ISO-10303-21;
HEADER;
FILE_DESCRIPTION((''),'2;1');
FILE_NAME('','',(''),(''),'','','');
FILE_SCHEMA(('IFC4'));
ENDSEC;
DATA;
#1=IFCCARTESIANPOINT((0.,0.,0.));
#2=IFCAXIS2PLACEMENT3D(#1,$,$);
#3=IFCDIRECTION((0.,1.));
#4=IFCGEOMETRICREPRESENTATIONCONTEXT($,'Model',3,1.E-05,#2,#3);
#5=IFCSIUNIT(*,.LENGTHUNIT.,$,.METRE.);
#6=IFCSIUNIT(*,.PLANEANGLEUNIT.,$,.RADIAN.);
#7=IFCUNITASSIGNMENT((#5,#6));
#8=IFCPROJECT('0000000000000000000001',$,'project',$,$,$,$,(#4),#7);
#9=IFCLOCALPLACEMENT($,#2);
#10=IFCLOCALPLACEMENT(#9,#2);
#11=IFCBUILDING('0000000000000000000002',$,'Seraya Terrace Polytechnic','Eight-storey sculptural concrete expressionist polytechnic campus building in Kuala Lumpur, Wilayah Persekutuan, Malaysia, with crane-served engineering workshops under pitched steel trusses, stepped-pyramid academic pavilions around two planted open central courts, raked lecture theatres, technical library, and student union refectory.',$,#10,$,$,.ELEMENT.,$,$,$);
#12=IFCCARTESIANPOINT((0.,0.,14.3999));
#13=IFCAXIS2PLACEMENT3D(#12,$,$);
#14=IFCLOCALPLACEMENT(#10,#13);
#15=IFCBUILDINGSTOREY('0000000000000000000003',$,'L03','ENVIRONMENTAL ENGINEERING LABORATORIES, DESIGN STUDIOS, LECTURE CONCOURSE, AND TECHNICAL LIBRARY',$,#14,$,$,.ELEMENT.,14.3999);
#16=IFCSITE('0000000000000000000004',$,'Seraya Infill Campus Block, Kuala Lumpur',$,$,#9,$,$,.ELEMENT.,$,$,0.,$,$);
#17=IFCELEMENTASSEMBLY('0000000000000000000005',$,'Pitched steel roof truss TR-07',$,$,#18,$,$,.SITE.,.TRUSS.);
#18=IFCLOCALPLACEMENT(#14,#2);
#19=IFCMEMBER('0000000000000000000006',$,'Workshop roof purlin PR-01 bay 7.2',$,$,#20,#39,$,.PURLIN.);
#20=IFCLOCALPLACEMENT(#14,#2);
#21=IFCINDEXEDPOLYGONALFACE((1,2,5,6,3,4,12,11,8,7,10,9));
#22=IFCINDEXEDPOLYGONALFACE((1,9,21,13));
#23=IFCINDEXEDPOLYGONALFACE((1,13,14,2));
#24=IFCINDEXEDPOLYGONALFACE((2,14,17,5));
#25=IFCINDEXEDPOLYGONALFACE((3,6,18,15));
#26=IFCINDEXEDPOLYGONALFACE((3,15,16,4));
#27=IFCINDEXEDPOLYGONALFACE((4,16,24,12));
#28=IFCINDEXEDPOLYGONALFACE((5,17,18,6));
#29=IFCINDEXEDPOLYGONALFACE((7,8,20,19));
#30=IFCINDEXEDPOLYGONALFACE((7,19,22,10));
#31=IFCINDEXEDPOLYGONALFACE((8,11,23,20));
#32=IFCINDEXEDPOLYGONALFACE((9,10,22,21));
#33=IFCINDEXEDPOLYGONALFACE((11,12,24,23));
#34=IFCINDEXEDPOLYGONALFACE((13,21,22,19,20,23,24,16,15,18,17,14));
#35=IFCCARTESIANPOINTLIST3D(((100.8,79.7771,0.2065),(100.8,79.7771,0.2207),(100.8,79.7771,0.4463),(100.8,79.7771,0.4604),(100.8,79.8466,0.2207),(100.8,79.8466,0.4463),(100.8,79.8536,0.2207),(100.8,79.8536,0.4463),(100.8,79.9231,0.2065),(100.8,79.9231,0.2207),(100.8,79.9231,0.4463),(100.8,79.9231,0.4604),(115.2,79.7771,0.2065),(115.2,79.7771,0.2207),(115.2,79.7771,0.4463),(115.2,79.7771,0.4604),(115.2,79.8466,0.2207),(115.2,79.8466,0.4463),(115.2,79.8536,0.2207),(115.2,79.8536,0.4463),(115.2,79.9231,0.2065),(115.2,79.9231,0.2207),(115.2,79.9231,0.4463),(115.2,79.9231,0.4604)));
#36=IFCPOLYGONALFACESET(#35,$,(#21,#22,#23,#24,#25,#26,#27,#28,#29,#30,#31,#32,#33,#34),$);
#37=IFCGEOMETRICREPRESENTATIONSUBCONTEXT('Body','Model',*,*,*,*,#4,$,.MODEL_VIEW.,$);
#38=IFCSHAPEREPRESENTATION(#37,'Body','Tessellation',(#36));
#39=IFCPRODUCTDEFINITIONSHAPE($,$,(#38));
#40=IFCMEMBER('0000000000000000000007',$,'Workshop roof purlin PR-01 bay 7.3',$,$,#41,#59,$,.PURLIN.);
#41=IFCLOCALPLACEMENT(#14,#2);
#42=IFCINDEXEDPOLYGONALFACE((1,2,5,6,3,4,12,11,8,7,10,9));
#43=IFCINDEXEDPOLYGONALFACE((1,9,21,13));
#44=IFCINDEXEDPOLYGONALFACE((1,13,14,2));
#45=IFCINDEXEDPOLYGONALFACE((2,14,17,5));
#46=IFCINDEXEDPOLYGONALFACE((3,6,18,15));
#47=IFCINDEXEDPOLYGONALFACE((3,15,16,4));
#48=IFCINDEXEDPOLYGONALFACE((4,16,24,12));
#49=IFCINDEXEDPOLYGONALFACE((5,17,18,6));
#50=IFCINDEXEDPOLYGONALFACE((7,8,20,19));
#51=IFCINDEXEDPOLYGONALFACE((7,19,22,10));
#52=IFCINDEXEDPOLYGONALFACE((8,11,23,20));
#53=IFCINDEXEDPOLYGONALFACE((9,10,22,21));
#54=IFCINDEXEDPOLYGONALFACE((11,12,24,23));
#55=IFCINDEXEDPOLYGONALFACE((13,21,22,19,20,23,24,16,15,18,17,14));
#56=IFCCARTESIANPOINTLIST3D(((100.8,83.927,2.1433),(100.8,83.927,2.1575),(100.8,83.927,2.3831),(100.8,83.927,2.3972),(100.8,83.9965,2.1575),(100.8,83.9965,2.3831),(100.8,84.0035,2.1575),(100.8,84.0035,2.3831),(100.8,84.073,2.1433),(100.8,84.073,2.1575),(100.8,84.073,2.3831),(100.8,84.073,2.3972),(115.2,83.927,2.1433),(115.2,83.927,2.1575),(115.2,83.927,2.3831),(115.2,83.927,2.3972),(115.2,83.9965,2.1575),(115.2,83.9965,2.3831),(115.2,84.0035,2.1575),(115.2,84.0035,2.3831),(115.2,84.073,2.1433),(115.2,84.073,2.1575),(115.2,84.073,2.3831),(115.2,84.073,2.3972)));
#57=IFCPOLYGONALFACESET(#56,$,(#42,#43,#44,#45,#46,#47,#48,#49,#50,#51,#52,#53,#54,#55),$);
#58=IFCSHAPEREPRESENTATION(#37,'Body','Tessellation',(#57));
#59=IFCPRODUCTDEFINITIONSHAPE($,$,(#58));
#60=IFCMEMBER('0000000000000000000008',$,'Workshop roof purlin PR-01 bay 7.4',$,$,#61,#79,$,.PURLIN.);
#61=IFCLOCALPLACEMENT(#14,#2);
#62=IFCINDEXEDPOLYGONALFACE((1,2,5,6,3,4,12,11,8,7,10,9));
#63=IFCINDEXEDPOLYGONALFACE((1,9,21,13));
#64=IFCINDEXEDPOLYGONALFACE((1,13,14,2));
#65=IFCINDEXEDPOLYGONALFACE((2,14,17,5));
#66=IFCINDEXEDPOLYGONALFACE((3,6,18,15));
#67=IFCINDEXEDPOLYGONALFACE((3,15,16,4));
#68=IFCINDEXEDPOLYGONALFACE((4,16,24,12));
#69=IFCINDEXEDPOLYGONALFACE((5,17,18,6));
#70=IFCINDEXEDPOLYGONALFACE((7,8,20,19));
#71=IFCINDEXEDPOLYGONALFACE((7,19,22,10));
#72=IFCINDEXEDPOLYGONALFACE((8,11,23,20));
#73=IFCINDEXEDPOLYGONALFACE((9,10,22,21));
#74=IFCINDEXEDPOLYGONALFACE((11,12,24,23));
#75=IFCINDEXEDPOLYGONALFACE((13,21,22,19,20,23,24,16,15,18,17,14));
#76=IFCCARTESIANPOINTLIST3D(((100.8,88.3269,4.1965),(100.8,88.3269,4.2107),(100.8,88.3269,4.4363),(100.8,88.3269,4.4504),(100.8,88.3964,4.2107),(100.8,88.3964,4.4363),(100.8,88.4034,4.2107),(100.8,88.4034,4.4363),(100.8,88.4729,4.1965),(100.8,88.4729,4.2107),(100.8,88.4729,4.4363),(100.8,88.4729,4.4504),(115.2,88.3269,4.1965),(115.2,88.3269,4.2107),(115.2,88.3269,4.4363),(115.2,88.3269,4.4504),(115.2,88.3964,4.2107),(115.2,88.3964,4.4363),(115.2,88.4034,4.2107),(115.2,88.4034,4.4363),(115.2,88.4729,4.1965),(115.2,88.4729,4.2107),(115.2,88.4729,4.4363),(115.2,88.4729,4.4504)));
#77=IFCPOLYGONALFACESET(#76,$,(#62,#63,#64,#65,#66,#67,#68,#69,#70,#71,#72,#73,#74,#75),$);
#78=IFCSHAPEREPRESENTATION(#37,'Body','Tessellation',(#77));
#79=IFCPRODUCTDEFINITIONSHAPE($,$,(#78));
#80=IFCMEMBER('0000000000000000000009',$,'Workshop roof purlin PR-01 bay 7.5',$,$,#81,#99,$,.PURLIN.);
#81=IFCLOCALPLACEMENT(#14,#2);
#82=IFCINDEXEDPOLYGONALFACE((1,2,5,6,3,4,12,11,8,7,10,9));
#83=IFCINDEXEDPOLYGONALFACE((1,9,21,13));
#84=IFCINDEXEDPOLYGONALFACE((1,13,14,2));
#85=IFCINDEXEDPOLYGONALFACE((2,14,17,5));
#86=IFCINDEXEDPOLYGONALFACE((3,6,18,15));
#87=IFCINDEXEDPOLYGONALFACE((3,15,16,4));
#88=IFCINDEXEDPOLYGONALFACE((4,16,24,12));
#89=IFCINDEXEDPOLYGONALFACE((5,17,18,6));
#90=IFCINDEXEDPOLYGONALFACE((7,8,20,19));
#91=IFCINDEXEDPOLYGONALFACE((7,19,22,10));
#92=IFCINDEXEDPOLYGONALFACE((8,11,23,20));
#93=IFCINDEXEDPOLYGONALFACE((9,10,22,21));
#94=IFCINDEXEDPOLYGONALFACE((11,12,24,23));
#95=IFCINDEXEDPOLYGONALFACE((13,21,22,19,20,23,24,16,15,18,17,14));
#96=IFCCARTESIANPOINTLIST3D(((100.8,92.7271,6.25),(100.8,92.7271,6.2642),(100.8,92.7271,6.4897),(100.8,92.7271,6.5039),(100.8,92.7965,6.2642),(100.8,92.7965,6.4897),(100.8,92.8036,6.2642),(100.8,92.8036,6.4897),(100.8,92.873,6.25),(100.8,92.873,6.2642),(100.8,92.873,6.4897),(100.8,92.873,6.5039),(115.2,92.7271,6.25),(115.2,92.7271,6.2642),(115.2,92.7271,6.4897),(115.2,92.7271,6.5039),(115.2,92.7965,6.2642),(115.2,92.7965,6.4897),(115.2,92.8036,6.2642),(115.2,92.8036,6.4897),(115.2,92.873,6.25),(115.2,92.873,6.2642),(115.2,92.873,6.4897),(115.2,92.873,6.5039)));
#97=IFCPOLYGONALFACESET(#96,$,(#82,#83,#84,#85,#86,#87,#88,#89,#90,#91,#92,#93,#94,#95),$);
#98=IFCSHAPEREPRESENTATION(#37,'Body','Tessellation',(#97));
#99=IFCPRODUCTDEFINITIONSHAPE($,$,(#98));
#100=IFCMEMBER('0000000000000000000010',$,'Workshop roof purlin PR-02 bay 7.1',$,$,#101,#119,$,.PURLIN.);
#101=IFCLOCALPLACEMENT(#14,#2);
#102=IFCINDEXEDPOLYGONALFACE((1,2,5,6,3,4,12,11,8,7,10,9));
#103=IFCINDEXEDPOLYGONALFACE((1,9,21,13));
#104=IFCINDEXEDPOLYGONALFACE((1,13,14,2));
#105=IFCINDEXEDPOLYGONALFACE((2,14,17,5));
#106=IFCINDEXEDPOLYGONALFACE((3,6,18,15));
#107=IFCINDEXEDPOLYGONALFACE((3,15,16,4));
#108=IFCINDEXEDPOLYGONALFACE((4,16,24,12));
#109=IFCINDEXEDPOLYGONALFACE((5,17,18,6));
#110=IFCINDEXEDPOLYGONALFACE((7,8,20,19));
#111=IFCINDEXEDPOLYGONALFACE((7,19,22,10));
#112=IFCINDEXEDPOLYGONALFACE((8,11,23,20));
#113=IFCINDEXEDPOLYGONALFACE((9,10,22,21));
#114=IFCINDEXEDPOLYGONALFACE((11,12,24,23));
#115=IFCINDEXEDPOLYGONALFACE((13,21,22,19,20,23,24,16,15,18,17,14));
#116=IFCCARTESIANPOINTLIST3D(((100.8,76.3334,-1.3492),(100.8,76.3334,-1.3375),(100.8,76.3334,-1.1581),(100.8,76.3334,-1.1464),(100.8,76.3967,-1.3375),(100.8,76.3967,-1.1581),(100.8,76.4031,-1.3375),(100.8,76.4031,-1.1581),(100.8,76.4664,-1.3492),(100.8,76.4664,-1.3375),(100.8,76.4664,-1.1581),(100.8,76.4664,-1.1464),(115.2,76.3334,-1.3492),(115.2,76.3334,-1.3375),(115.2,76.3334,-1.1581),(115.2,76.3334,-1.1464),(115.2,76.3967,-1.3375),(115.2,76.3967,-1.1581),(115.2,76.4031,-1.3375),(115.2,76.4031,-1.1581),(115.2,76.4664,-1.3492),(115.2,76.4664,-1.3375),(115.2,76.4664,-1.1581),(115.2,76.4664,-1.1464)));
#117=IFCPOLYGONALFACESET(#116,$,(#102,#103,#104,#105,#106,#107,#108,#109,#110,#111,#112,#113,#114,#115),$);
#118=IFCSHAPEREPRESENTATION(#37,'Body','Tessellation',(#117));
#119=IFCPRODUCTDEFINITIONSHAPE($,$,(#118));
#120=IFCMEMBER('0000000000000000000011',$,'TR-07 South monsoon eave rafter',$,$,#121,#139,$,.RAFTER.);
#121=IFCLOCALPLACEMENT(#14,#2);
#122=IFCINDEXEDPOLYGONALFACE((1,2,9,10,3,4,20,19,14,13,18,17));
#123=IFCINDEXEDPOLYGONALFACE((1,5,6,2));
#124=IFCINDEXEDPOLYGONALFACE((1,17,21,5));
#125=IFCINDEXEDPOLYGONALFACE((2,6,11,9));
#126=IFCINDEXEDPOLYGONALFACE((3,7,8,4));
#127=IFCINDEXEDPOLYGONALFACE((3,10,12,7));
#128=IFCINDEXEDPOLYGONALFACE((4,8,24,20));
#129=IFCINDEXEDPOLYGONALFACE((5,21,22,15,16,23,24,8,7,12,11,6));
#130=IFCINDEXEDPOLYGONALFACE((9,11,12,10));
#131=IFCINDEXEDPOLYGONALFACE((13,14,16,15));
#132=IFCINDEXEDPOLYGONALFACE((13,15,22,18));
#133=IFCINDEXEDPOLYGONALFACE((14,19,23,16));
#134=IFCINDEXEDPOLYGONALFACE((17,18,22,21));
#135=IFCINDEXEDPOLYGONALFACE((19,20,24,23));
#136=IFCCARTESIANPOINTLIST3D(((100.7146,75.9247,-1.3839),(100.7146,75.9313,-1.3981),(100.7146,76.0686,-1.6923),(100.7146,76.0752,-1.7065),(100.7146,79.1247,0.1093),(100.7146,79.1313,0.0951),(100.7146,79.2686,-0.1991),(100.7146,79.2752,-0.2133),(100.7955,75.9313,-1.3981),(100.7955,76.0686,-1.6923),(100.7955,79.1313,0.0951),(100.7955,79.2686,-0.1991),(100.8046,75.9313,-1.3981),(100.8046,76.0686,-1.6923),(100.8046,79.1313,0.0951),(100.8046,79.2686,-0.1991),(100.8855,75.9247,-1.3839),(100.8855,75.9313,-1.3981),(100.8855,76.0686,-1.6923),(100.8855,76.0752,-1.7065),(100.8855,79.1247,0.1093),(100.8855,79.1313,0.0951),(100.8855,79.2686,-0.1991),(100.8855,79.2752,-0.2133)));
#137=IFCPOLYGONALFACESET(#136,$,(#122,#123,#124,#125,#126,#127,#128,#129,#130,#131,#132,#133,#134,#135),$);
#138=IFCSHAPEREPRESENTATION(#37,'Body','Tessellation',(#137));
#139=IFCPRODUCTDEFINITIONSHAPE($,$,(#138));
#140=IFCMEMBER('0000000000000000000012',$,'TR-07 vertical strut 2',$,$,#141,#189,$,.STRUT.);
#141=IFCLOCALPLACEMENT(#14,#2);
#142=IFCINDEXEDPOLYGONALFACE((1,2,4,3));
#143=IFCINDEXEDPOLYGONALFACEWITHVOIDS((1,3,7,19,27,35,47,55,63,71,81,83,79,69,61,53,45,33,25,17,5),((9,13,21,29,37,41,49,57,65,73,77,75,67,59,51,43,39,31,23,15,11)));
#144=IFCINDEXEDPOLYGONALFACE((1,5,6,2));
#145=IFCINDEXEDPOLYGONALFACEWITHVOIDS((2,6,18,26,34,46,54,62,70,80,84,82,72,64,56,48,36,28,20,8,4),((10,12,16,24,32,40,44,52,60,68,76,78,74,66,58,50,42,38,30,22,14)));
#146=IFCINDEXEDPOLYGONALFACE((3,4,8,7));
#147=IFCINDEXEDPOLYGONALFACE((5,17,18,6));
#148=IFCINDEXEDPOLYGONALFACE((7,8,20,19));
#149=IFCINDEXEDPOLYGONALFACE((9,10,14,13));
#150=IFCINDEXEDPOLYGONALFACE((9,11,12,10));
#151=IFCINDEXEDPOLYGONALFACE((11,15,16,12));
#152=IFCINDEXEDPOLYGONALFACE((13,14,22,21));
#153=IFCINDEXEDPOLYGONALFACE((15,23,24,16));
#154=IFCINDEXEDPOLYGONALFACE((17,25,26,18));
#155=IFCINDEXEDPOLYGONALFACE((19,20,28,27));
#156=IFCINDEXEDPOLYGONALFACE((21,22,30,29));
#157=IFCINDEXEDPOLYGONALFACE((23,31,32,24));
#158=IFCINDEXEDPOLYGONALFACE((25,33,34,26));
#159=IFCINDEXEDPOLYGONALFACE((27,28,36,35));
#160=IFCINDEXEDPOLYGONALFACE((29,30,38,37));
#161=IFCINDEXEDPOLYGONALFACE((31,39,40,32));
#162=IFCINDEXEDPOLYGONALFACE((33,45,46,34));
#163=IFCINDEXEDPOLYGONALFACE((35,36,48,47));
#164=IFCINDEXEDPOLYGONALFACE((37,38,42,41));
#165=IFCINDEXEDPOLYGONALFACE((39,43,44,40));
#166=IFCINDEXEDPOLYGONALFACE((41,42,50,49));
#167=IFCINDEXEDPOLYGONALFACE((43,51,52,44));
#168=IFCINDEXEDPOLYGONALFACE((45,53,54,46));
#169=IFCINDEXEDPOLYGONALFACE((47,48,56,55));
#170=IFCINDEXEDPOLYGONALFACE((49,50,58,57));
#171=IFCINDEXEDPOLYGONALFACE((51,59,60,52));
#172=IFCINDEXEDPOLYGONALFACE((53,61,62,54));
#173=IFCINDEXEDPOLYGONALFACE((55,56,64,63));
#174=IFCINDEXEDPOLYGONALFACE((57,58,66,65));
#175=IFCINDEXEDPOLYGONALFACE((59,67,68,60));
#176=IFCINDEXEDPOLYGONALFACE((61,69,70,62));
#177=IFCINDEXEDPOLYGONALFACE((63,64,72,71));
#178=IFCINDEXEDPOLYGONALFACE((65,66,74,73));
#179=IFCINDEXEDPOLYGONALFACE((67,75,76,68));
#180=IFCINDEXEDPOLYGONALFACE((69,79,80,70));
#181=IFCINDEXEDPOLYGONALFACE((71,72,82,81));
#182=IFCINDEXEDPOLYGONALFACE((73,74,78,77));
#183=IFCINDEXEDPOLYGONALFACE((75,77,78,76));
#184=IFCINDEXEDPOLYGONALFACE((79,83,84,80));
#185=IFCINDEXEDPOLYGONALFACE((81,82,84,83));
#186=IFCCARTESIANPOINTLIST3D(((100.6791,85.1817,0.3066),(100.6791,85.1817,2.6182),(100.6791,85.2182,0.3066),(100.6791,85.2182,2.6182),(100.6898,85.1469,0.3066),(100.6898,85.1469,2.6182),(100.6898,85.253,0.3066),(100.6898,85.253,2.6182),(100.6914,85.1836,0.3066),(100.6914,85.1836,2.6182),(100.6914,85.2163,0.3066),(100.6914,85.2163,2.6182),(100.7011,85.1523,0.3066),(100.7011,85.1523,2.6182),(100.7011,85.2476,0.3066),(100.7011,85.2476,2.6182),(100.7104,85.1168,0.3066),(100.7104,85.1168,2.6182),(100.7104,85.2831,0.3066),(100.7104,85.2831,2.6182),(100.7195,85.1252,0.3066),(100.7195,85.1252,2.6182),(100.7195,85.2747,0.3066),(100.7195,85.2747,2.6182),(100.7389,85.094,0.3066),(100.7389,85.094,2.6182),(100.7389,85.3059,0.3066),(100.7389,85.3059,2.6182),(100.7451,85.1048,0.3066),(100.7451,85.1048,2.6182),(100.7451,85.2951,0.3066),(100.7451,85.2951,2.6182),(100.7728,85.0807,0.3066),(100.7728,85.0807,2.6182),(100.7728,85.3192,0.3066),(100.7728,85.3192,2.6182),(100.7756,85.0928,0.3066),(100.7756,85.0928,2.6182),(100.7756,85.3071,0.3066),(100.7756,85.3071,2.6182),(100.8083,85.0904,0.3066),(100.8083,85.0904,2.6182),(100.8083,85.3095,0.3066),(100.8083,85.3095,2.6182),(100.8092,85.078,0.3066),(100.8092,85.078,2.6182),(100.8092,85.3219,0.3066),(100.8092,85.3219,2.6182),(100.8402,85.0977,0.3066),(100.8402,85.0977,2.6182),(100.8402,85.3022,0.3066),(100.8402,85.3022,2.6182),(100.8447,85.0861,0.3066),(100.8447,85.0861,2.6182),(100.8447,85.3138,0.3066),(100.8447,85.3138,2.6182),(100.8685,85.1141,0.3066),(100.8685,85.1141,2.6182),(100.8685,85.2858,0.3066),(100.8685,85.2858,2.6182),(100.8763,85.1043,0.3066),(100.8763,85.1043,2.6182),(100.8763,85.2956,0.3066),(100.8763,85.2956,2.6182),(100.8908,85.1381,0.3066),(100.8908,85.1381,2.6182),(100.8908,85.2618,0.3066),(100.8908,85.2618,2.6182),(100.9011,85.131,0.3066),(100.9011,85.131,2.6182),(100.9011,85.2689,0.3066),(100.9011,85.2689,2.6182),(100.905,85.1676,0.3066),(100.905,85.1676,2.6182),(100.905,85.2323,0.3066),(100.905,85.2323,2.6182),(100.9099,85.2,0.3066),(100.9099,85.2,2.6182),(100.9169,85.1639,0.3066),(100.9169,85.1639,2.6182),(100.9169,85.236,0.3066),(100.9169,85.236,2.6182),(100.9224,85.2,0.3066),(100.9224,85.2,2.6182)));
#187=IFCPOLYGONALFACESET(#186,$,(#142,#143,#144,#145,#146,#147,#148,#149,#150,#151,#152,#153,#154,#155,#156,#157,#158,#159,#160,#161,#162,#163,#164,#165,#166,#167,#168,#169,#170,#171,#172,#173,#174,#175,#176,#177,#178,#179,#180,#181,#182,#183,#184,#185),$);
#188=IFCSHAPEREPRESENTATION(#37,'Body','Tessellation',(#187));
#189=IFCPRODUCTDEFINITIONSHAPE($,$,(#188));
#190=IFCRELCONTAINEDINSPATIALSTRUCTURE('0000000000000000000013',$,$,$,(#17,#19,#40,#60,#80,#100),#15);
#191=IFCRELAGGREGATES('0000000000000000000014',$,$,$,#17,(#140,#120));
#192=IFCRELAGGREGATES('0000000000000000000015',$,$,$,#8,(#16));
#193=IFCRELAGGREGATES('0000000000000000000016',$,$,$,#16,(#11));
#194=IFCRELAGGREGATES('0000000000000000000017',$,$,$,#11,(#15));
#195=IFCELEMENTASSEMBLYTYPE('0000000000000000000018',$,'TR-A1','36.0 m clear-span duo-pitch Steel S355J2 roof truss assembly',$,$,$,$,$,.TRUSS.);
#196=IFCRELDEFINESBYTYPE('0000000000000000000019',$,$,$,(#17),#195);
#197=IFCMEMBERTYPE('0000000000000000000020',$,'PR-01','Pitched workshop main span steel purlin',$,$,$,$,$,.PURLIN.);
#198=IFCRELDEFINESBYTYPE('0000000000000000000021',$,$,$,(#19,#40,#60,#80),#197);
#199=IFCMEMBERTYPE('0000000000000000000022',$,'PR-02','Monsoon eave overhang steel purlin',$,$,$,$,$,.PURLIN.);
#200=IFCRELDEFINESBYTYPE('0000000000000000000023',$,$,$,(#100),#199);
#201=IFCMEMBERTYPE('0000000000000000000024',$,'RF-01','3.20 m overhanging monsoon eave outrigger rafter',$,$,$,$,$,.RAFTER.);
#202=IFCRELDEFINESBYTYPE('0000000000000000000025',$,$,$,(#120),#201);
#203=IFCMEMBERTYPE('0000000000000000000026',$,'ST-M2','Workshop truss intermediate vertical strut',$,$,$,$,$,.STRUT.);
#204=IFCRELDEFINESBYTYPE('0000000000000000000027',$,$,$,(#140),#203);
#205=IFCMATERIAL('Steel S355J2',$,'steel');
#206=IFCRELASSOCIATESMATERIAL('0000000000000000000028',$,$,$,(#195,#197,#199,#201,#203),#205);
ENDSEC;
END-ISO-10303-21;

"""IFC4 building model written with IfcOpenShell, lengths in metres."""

from ifc_helpers import new_model, si_unit, direction, frame, origin, origin_2d, place, context, subcontext, project, spatial, hollow_circle, i_section, extrude, material, material_profile, profile_set, type_object, element, aggregate, save


model = new_model("IFC4")

# Units and contexts
model_context = context("Model", 3, precision=1e-05, world=origin(), true_north=direction((0.0, 1.0)))
body_context = subcontext(model_context, "Body", "Model", "MODEL_VIEW")
ifc_project = project(units=[si_unit("LENGTHUNIT", "METRE"), si_unit("PLANEANGLEUNIT", "RADIAN")], contexts=[model_context])

# Site, building, storey
site_placement = place(None, origin())
site = spatial("IfcSite", under=ifc_project, at=site_placement, Name="Seraya Infill Campus Block, Kuala Lumpur", CompositionType="ELEMENT", RefElevation=0.0)
building_placement = place(site_placement, origin())
building = spatial("IfcBuilding", under=site, at=building_placement, Name="Seraya Terrace Polytechnic", Description="Eight-storey sculptural concrete expressionist polytechnic campus building in Kuala Lumpur, Wilayah Persekutuan, Malaysia, with crane-served engineering workshops under pitched steel trusses, stepped-pyramid academic pavilions around two planted open central courts, raked lecture theatres, technical library, and student union refectory.", CompositionType="ELEMENT")
storey_placement = place(building_placement, frame((0.0, 0.0, 14.3999)))
storey = spatial("IfcBuildingStorey", under=building, at=storey_placement, Name="L03", Description="ENVIRONMENTAL ENGINEERING LABORATORIES, DESIGN STUDIOS, LECTURE CONCOURSE, AND TECHNICAL LIBRARY", CompositionType="ELEMENT", Elevation=14.3999)

# Element assembly
ifc_material_1 = material(Name="Steel S355J2", Category="steel")
element_assembly_type = type_object("IfcElementAssemblyType", Name="TR-A1", Description="36.0 m clear-span duo-pitch Steel S355J2 roof truss assembly", PredefinedType="TRUSS", material=ifc_material_1)
assembly_placement = place(storey_placement, origin())
assembly = element("IfcElementAssembly", 1, at=assembly_placement, inside=storey, type_object=element_assembly_type, Name="Pitched steel roof truss TR-07", AssemblyPlace="SITE", PredefinedType="TRUSS")

# Members
ifc_material_profile_1 = material_profile(ifc_material_1, i_section(OverallWidth=0.146, OverallDepth=0.2539, WebThickness=0.0071, FlangeThickness=0.0142, at=origin_2d()), Name="UKB 254x146x7.2x14.2")
ifc_profile_set_1 = profile_set([ifc_material_profile_1], Name="Steel S355J2")
member_type_1 = type_object("IfcMemberType", Name="PR-01", Description="Pitched workshop main span steel purlin", PredefinedType="PURLIN", material=ifc_profile_set_1)
for number, where, z_axis, x_axis, name in (
    (2, (100.8, 79.8501, 0.3335), (1.0, 0.0, 0.0), (0.0, 1.0, 0.0), "Workshop roof purlin PR-01 bay 7.2"),
    (3, (100.8, 84.0, 2.2703), (1.0, 0.0, 0.0), (0.0, 1.0, 0.0), "Workshop roof purlin PR-01 bay 7.3"),
    (4, (100.8, 88.3999, 4.3235), (1.0, 0.0, 0.0), (0.0, 1.0, 0.0), "Workshop roof purlin PR-01 bay 7.4"),
    (5, (100.8, 92.8, 6.377), (1.0, 0.0, 0.0), (0.0, 1.0, 0.0), "Workshop roof purlin PR-01 bay 7.5"),
):
    element("IfcMember", number, at=place(storey_placement, frame(where, z_axis=z_axis, x_axis=x_axis)), inside=storey, type_object=member_type_1, Name=name, PredefinedType="PURLIN", context=body_context, shape_type="SweptSolid", body=[
        extrude(i_section(OverallWidth=0.146, OverallDepth=0.2539, WebThickness=0.0071, FlangeThickness=0.0142, at=origin_2d()), origin(), (0.0, 0.0, 1.0), 14.3999),
    ])
ifc_material_profile_2 = material_profile(ifc_material_1, i_section(OverallWidth=0.1331, OverallDepth=0.2029, WebThickness=0.0063, FlangeThickness=0.0117, at=origin_2d()), Name="UKB 203x133x6.4x11.8")
ifc_profile_set_2 = profile_set([ifc_material_profile_2], Name="Steel S355J2")
member_type_2 = type_object("IfcMemberType", Name="PR-02", Description="Monsoon eave overhang steel purlin", PredefinedType="PURLIN", material=ifc_profile_set_2)
member_1_placement = place(storey_placement, frame((100.8, 76.3999, -1.2478), z_axis=(1.0, 0.0, 0.0), x_axis=(0.0, 1.0, 0.0)))
element("IfcMember", 6, at=member_1_placement, inside=storey, type_object=member_type_2, Name="Workshop roof purlin PR-02 bay 7.1", PredefinedType="PURLIN", context=body_context, shape_type="SweptSolid", body=[
    extrude(i_section(OverallWidth=0.1331, OverallDepth=0.2029, WebThickness=0.0063, FlangeThickness=0.0117, at=origin_2d()), origin(), (0.0, 0.0, 1.0), 14.3999),
])

# Members
ifc_material_profile_3 = material_profile(ifc_material_1, i_section(OverallWidth=0.1709, OverallDepth=0.356, WebThickness=0.009, FlangeThickness=0.0156, at=origin_2d()), Name="UKB 356x171x9.1x15.7")
ifc_profile_set_3 = profile_set([ifc_material_profile_3], Name="Steel S355J2")
member_type_3 = type_object("IfcMemberType", Name="RF-01", Description="3.20 m overhanging monsoon eave outrigger rafter", PredefinedType="RAFTER", material=ifc_profile_set_3)
member_2_placement = place(storey_placement, frame((100.8, 79.2, -0.052), z_axis=(0.0, -0.906199, -0.422851), x_axis=(1.0, 0.0, 0.0)))
member_2 = element("IfcMember", 7, at=member_2_placement, type_object=member_type_3, Name="TR-07 South monsoon eave rafter", PredefinedType="RAFTER", context=body_context, shape_type="SweptSolid", body=[
    extrude(i_section(OverallWidth=0.1709, OverallDepth=0.356, WebThickness=0.009, FlangeThickness=0.0156, at=origin_2d()), origin(), (0.0, 0.0, 1.0), 3.5312),
])
ifc_material_profile_4 = material_profile(ifc_material_1, hollow_circle(Radius=0.1223, WallThickness=0.0125, at=origin_2d()), Name="CHS 244.5x12.5")
ifc_profile_set_4 = profile_set([ifc_material_profile_4], Name="Steel S355J2")
member_type_4 = type_object("IfcMemberType", Name="ST-M2", Description="Workshop truss intermediate vertical strut", PredefinedType="STRUT", material=ifc_profile_set_4)
member_3_placement = place(storey_placement, frame((100.8, 85.2, 0.3066), z_axis=(0.0, 0.0, 1.0), x_axis=(1.0, 0.0, 0.0)))
member_3 = element("IfcMember", 8, at=member_3_placement, type_object=member_type_4, Name="TR-07 vertical strut 2", PredefinedType="STRUT", context=body_context, shape_type="SweptSolid", body=[
    extrude(hollow_circle(Radius=0.1223, WallThickness=0.0125, at=origin_2d()), origin(), (0.0, 0.0, 1.0), 2.3115),
])

aggregate(assembly, [member_3, member_2])

save(model, "model.ifc")
